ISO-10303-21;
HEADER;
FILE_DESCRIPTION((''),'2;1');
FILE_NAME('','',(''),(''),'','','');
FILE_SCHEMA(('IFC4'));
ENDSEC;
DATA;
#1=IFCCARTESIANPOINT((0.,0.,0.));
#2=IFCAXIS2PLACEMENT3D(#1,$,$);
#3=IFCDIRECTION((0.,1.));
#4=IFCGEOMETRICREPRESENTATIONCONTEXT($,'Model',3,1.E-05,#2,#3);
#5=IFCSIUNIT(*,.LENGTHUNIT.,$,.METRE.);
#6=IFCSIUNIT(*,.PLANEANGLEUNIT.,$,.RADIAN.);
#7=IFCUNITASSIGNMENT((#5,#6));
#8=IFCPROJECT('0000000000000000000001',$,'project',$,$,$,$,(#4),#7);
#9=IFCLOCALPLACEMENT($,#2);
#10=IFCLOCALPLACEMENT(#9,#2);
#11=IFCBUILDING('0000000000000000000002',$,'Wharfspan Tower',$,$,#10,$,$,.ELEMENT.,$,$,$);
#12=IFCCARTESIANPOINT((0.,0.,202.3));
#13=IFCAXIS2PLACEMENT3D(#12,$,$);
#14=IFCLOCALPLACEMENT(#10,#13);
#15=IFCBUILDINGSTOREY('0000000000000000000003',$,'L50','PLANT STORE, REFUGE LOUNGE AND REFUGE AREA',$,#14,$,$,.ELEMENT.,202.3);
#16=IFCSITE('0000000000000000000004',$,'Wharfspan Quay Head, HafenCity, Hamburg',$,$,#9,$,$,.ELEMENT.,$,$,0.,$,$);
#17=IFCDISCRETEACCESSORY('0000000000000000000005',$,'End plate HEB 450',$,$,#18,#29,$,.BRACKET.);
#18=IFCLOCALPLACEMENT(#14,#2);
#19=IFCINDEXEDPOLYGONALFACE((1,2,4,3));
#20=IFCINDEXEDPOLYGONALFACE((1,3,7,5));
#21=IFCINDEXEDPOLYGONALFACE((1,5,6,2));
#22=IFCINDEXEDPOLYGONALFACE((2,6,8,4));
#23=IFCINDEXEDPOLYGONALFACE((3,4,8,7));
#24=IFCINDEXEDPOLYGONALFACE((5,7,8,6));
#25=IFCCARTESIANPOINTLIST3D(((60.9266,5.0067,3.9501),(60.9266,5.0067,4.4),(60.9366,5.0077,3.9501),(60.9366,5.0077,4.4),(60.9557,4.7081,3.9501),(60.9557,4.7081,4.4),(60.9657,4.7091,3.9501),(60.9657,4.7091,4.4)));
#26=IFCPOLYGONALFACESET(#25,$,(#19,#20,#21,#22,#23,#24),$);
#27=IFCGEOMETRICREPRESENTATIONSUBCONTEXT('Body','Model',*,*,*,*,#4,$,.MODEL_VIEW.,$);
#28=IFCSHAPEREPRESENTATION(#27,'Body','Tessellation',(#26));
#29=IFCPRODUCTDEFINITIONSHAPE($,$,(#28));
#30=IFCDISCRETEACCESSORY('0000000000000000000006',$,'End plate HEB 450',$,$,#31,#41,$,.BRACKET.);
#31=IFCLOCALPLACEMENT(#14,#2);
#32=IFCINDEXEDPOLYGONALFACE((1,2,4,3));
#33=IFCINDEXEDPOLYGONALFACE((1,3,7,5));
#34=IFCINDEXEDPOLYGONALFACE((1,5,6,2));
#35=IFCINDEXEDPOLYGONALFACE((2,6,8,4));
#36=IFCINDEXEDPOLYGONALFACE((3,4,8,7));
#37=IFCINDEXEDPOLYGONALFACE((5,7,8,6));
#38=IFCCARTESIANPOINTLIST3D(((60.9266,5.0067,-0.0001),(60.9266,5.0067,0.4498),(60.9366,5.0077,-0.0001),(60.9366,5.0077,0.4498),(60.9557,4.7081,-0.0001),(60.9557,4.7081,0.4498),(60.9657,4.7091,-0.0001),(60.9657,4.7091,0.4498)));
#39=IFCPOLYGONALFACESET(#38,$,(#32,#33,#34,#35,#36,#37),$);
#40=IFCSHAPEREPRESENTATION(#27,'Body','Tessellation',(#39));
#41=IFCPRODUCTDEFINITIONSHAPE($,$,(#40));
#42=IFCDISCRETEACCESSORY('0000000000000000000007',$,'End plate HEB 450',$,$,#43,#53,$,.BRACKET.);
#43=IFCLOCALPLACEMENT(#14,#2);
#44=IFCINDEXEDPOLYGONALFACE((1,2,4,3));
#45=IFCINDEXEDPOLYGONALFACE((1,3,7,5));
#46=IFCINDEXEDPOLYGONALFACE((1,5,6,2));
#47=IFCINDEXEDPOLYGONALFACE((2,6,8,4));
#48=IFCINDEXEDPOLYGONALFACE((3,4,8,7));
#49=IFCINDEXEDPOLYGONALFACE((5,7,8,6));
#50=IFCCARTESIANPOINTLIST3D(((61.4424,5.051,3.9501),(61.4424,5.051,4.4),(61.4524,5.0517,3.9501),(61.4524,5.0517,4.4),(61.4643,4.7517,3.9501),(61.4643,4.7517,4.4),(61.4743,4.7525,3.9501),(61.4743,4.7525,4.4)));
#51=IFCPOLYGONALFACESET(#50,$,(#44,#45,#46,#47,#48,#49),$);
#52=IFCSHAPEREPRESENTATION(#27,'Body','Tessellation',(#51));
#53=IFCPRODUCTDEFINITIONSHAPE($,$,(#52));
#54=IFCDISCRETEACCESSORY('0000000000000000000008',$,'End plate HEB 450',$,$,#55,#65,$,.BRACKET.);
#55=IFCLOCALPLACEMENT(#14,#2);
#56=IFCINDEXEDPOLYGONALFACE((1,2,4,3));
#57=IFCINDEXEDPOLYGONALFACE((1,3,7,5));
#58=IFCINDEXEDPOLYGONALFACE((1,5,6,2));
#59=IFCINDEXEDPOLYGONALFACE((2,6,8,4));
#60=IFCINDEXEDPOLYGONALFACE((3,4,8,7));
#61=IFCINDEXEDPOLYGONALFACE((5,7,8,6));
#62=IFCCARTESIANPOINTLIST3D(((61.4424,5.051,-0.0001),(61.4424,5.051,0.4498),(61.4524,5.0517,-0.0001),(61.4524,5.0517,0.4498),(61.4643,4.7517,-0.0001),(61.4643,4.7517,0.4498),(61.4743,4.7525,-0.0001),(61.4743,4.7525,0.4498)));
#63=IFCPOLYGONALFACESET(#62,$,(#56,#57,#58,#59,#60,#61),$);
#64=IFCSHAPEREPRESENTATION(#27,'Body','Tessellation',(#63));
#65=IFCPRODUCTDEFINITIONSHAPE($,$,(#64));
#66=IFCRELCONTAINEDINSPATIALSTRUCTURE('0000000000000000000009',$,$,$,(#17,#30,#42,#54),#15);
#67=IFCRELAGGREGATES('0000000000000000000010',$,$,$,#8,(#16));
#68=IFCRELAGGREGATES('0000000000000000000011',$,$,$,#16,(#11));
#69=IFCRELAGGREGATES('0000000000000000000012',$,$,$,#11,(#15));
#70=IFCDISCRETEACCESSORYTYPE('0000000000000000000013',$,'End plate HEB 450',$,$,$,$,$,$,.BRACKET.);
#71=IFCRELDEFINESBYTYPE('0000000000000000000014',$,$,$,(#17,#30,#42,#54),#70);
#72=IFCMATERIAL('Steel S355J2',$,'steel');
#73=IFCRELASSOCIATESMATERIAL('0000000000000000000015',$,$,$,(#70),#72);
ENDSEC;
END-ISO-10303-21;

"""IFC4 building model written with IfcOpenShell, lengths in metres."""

from ifc_helpers import new_model, si_unit, direction, frame, origin, origin_2d, place, context, subcontext, project, spatial, rectangle, extrude, material, material_profile, profile_set, type_object, element, save


model = new_model("IFC4")

# Units and contexts
model_context = context("Model", 3, precision=1e-05, world=origin(), true_north=direction((0.0, 1.0)))
body_context = subcontext(model_context, "Body", "Model", "MODEL_VIEW")
ifc_project = project(units=[si_unit("LENGTHUNIT", "METRE"), si_unit("PLANEANGLEUNIT", "RADIAN")], contexts=[model_context])

# Site, building, storey
site_placement = place(None, origin())
site = spatial("IfcSite", under=ifc_project, at=site_placement, Name="Wharfspan Quay Head, HafenCity, Hamburg", CompositionType="ELEMENT", RefElevation=0.0)
building_placement = place(site_placement, origin())
building = spatial("IfcBuilding", under=site, at=building_placement, Name="Wharfspan Tower", CompositionType="ELEMENT")
storey_placement = place(building_placement, frame((0.0, 0.0, 202.3)))
storey = spatial("IfcBuildingStorey", under=building, at=storey_placement, Name="L50", Description="PLANT STORE, REFUGE LOUNGE AND REFUGE AREA", CompositionType="ELEMENT", Elevation=202.3)

# Shared definitions
ifc_material_1 = material(Name="Steel S355J2", Category="steel")

# Discrete accessories
ifc_material_profile_1 = material_profile(ifc_material_1, rectangle(XDim=0.3, YDim=0.45, at=origin_2d()))
ifc_profile_set_1 = profile_set([ifc_material_profile_1], Name="Steel S355J2")
discrete_accessory_type_1 = type_object("IfcDiscreteAccessoryType", Name="End plate HEB 450", PredefinedType="BRACKET", material=ifc_profile_set_1)
for number, where, z_axis, x_axis, name in (
    (1, (60.9412, 4.8574, 4.175), (0.995275, 0.0971, 0.0), (-0.0971, 0.995275, 0.0), "End plate HEB 450"),
    (2, (60.9412, 4.8574, 0.2249), (0.995275, 0.0971, 0.0), (-0.0971, 0.995275, 0.0), "End plate HEB 450"),
    (3, (61.4534, 4.9014, 4.175), (0.997334, 0.072976, 0.0), (-0.072976, 0.997334, 0.0), "End plate HEB 450"),
    (4, (61.4534, 4.9014, 0.2249), (0.997334, 0.072976, 0.0), (-0.072976, 0.997334, 0.0), "End plate HEB 450"),
):
    element("IfcDiscreteAccessory", number, at=place(storey_placement, frame(where, z_axis=z_axis, x_axis=x_axis)), inside=storey, type_object=discrete_accessory_type_1, Name=name, PredefinedType="BRACKET", context=body_context, shape_type="SweptSolid", body=[
        extrude(rectangle(XDim=0.3, YDim=0.45, at=origin_2d()), origin(), (0.0, 0.0, 1.0), 0.01),
    ])

save(model, "model.ifc")
